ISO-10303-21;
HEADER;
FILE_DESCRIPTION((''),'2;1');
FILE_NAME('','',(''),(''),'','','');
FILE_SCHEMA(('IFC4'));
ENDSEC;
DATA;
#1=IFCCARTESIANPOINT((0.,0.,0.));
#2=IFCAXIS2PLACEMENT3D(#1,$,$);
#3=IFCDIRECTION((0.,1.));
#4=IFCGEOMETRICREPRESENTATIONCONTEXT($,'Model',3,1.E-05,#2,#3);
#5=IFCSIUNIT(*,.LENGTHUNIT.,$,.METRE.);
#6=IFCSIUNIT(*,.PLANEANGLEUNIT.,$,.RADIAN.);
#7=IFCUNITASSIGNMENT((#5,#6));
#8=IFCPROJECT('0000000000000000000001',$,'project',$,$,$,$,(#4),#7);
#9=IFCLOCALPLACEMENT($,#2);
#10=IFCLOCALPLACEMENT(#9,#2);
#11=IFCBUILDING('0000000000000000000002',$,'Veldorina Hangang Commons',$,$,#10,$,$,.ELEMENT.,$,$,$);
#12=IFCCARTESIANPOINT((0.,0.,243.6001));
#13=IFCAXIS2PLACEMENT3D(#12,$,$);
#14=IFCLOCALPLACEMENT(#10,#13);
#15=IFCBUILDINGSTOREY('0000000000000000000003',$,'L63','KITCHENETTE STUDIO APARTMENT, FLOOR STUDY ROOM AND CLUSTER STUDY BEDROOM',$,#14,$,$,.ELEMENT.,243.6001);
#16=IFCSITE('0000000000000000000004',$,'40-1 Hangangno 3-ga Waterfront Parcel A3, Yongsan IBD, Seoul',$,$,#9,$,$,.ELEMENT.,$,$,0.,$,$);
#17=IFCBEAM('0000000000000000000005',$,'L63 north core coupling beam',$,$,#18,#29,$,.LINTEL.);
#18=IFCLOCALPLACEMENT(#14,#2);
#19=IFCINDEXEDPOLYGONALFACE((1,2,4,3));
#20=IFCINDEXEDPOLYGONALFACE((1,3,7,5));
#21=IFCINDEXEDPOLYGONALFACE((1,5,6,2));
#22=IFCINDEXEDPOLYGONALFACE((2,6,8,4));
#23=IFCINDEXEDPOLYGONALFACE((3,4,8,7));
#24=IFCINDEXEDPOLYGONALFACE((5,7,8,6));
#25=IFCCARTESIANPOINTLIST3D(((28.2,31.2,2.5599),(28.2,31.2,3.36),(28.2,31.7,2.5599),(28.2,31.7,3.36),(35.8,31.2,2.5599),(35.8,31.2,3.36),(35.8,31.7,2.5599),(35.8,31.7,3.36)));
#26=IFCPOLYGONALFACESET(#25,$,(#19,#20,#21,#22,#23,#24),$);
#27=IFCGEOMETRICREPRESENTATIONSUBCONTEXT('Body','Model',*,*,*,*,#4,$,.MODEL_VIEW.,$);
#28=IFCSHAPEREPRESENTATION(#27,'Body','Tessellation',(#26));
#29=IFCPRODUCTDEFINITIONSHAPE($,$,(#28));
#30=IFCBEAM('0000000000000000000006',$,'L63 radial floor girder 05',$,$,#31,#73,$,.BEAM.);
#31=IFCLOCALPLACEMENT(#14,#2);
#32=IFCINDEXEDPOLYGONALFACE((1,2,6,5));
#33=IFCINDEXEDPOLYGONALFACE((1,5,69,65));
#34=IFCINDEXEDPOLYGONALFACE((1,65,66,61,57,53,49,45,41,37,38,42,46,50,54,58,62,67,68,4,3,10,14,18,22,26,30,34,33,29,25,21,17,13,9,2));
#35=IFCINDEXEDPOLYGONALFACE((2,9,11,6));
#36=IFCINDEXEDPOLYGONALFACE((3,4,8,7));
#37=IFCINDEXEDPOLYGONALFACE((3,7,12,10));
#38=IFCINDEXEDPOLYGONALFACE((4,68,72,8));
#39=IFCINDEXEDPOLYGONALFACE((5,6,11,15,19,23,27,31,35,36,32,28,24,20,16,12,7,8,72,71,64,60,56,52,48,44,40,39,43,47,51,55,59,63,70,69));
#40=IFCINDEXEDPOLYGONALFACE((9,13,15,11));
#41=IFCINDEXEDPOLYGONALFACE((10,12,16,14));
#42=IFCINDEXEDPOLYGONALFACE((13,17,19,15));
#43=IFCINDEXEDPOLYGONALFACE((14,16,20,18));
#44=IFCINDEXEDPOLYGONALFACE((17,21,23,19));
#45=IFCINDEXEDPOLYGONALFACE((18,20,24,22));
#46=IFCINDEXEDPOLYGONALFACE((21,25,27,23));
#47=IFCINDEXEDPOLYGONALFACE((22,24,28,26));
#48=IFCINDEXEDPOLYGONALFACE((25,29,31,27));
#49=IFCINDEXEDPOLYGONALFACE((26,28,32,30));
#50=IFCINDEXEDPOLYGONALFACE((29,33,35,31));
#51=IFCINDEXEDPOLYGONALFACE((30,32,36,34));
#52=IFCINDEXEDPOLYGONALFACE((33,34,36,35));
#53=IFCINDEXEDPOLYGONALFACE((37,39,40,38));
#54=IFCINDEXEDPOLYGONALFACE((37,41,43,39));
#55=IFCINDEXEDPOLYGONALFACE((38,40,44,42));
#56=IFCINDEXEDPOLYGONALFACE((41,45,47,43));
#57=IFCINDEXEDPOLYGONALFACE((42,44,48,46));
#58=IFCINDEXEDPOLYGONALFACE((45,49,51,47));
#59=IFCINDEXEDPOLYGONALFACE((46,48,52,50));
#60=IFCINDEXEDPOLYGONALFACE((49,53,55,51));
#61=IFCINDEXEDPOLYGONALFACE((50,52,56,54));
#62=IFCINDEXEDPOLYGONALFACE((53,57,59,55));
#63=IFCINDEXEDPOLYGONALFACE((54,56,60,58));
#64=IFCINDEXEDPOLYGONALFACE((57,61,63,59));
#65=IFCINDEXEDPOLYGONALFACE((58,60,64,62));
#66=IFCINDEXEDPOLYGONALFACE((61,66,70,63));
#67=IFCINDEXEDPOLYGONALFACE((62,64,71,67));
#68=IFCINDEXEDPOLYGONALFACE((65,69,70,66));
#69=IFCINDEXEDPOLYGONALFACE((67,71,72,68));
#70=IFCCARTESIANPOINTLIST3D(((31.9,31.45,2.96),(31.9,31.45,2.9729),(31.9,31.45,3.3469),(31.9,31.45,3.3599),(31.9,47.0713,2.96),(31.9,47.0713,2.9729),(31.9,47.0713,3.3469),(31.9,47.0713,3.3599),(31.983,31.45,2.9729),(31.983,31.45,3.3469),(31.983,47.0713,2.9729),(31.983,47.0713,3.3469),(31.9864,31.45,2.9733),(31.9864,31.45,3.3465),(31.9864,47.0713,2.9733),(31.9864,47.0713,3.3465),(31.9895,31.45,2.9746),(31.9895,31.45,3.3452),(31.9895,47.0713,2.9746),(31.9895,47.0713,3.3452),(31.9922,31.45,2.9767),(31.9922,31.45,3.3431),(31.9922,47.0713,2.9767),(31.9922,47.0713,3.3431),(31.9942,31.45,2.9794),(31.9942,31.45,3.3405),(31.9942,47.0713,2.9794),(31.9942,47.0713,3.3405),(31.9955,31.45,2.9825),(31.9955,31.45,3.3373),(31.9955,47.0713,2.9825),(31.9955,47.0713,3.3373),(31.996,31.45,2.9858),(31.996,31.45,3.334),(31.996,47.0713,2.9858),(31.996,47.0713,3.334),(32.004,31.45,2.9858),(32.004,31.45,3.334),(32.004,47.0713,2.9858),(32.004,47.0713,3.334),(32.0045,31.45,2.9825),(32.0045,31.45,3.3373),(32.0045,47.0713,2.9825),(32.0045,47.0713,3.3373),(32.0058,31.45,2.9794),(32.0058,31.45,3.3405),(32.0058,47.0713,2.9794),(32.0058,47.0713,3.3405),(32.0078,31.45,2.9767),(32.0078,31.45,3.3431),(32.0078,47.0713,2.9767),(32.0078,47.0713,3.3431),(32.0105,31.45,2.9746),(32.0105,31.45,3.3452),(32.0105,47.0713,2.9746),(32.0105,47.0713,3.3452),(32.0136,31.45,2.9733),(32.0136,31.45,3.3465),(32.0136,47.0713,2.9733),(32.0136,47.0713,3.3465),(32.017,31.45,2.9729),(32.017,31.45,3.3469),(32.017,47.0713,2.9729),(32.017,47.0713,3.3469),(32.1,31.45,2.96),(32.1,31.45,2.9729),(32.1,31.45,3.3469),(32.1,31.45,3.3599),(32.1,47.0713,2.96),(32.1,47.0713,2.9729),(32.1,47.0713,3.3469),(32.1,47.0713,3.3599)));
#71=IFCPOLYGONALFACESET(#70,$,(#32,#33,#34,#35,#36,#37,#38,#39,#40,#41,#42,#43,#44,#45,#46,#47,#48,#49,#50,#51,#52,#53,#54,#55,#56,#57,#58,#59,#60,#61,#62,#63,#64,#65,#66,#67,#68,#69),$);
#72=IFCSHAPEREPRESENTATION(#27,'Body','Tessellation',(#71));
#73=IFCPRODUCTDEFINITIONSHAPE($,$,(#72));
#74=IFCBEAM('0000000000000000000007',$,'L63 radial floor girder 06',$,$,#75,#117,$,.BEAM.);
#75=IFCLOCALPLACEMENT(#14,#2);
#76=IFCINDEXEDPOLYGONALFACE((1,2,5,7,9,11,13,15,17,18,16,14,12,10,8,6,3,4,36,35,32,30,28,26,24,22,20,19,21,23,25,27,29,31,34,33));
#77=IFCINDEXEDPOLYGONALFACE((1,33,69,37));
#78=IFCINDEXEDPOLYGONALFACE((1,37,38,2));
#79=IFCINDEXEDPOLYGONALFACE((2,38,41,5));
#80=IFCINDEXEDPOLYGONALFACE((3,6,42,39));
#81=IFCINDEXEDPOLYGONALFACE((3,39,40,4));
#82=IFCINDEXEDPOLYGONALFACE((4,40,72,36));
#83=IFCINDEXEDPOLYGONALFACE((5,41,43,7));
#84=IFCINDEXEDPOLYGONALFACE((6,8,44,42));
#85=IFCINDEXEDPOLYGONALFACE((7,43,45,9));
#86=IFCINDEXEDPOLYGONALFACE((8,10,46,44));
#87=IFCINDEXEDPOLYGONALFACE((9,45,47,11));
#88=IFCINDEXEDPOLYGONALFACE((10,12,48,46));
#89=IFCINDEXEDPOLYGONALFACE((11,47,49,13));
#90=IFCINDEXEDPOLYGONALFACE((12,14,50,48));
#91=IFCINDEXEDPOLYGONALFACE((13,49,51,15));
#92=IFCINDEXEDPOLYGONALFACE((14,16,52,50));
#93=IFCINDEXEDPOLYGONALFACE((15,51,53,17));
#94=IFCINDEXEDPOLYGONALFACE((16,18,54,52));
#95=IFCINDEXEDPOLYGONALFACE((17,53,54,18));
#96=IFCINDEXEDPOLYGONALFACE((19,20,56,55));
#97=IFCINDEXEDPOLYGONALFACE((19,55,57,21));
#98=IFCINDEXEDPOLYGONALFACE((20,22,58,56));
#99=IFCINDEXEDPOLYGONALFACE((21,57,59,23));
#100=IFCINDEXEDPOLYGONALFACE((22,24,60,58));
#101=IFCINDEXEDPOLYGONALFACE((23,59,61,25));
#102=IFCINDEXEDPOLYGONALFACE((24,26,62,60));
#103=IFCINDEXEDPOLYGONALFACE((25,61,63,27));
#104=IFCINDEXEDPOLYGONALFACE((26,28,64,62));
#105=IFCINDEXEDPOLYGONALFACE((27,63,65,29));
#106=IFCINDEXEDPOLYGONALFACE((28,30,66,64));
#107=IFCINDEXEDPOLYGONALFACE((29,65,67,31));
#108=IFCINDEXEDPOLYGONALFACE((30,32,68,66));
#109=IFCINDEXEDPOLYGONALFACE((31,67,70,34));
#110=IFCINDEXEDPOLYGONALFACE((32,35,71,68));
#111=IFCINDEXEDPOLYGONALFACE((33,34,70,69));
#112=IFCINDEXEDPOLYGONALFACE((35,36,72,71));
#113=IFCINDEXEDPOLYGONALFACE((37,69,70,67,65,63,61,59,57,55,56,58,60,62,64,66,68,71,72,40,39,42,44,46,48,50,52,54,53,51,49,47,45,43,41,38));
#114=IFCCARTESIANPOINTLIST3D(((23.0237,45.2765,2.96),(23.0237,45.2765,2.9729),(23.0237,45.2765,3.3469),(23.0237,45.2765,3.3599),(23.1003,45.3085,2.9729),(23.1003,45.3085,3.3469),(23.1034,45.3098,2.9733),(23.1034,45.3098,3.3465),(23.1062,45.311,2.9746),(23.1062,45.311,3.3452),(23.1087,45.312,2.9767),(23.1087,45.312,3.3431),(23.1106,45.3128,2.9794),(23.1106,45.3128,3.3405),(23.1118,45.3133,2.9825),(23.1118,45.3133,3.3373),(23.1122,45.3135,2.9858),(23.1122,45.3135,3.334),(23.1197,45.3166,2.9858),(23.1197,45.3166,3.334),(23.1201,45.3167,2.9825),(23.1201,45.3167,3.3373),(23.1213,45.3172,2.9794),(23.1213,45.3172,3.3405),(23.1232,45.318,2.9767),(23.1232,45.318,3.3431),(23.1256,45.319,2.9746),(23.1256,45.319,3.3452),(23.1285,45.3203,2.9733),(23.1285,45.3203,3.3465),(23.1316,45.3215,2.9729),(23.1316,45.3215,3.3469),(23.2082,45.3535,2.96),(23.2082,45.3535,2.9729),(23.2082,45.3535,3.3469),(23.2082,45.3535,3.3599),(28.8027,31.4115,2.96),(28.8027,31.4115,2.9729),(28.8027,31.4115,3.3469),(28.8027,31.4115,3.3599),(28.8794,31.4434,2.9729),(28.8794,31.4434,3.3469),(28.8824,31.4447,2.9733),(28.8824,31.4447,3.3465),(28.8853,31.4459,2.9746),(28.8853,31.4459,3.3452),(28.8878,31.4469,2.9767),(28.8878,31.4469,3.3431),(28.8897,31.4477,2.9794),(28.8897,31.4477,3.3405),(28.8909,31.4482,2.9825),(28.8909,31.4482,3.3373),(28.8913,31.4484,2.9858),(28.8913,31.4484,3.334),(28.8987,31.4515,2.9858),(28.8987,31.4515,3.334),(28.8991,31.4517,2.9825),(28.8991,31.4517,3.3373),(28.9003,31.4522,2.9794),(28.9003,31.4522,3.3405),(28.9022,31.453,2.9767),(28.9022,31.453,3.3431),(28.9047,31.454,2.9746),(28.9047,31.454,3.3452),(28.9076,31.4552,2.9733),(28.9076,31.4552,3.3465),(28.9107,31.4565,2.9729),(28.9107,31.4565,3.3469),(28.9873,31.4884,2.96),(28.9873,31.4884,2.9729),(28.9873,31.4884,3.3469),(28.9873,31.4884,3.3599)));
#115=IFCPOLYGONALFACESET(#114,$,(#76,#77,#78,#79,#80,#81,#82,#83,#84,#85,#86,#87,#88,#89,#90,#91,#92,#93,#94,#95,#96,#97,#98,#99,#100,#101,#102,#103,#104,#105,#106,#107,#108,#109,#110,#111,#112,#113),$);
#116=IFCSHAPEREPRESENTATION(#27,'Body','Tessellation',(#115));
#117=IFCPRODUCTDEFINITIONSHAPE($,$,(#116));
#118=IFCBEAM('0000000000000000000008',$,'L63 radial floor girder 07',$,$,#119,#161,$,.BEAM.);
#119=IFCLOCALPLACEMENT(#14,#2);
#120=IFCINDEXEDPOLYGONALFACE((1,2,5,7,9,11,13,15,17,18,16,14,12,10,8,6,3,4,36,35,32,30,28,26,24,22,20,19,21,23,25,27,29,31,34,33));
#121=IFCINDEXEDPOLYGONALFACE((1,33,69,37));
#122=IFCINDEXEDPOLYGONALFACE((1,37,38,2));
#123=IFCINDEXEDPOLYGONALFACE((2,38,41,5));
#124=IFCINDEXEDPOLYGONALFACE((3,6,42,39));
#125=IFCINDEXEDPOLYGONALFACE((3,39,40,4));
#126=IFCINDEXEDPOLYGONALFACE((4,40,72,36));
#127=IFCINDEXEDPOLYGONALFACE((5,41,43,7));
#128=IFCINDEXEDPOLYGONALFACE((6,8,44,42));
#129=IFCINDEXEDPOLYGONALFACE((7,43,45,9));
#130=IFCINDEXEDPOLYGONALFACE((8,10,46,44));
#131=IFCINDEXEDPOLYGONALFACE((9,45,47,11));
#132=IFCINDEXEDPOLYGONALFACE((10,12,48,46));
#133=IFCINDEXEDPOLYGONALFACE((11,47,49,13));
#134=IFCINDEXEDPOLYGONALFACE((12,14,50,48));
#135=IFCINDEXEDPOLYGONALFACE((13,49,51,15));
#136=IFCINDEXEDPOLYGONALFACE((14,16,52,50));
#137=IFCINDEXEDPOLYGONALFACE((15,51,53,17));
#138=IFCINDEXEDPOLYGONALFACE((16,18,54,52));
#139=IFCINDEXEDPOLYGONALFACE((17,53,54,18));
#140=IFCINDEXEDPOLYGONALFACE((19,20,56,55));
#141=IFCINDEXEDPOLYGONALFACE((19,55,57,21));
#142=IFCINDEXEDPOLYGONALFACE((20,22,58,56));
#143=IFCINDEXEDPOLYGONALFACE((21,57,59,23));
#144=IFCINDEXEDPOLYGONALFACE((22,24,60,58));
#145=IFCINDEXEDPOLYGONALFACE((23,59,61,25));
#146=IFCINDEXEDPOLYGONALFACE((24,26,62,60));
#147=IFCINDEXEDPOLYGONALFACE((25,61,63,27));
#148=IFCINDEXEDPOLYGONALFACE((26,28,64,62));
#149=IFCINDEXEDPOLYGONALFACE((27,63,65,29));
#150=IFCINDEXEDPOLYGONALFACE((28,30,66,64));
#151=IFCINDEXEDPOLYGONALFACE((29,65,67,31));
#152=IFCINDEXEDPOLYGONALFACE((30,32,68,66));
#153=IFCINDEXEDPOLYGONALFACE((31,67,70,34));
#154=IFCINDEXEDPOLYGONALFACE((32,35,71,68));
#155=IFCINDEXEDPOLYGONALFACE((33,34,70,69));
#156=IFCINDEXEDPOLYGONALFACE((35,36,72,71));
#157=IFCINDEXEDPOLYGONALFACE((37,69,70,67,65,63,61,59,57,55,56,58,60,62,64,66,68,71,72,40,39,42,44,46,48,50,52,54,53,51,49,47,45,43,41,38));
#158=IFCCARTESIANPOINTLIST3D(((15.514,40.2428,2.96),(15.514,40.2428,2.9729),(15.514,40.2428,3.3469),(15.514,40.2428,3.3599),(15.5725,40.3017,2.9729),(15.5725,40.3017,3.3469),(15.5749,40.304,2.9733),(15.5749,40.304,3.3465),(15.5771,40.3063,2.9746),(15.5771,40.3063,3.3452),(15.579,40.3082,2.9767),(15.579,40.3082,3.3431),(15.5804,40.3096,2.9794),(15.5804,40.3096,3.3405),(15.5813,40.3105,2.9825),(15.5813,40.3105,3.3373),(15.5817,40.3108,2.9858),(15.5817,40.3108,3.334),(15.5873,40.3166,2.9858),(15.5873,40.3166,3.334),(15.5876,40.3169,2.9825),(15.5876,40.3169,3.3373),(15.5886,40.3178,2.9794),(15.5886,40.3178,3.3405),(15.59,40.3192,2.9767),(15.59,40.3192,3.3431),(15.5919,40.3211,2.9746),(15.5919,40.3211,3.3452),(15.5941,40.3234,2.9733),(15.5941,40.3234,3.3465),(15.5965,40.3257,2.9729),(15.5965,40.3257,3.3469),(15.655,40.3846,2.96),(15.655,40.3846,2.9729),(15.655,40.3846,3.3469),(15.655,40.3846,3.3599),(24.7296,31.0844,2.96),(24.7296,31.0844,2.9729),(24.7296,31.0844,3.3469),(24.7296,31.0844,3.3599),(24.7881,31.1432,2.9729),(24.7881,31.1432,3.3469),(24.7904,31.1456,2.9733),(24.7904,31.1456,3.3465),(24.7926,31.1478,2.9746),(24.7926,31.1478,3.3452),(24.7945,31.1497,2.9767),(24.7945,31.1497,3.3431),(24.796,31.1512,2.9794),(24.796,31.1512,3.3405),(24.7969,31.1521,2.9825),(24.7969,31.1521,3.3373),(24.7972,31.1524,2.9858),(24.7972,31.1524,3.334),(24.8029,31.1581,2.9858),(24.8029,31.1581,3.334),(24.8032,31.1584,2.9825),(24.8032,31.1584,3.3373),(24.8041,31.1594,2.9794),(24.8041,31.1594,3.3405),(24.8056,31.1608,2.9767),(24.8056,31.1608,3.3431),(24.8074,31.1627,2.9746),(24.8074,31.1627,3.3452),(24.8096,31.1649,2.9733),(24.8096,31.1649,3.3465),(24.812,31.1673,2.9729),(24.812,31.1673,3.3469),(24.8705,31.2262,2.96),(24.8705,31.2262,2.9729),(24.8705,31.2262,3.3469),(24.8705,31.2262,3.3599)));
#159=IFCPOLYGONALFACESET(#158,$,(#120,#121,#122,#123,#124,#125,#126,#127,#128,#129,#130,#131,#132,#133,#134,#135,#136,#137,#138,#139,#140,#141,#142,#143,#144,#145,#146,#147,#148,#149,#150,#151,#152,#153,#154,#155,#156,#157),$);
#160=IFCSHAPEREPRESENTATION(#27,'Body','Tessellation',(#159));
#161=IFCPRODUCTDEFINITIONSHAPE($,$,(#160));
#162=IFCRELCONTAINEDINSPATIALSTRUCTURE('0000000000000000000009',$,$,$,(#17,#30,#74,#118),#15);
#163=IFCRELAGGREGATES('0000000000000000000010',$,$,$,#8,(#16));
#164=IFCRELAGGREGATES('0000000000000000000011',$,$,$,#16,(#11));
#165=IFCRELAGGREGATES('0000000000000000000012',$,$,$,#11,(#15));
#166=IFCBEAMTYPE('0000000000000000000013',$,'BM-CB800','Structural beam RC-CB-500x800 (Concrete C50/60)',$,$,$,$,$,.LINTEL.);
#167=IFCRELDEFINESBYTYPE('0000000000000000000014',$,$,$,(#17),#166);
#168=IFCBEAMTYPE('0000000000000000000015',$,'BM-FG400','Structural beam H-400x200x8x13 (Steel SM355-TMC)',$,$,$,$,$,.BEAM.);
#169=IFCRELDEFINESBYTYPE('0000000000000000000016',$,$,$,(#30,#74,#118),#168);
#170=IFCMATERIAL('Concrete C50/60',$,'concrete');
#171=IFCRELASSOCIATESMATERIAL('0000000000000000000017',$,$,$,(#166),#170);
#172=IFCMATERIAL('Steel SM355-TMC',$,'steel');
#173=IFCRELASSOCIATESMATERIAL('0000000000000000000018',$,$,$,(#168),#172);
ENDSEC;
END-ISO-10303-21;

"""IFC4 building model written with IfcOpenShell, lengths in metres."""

from ifc_helpers import new_model, si_unit, direction, frame, origin, origin_2d, place, context, subcontext, project, spatial, rectangle, i_section, extrude, material, material_profile, profile_set, type_object, element, save


model = new_model("IFC4")

# Units and contexts
model_context = context("Model", 3, precision=1e-05, world=origin(), true_north=direction((0.0, 1.0)))
body_context = subcontext(model_context, "Body", "Model", "MODEL_VIEW")
ifc_project = project(units=[si_unit("LENGTHUNIT", "METRE"), si_unit("PLANEANGLEUNIT", "RADIAN")], contexts=[model_context])

# Site, building, storey
site_placement = place(None, origin())
site = spatial("IfcSite", under=ifc_project, at=site_placement, Name="40-1 Hangangno 3-ga Waterfront Parcel A3, Yongsan IBD, Seoul", CompositionType="ELEMENT", RefElevation=0.0)
building_placement = place(site_placement, origin())
building = spatial("IfcBuilding", under=site, at=building_placement, Name="Veldorina Hangang Commons", CompositionType="ELEMENT")
storey_placement = place(building_placement, frame((0.0, 0.0, 243.6001)))
storey = spatial("IfcBuildingStorey", under=building, at=storey_placement, Name="L63", Description="KITCHENETTE STUDIO APARTMENT, FLOOR STUDY ROOM AND CLUSTER STUDY BEDROOM", CompositionType="ELEMENT", Elevation=243.6001)

# Beams
ifc_material_1 = material(Name="Concrete C50/60", Category="concrete")
ifc_material_profile_1 = material_profile(ifc_material_1, rectangle(XDim=0.5, YDim=0.8, at=origin_2d()), Name="RC-CB-500x800")
ifc_profile_set_1 = profile_set([ifc_material_profile_1], Name="Concrete C50/60")
beam_type_1 = type_object("IfcBeamType", Name="BM-CB800", Description="Structural beam RC-CB-500x800 (Concrete C50/60)", PredefinedType="LINTEL", material=ifc_profile_set_1)
beam_1_placement = place(storey_placement, frame((28.2, 31.45, 2.96), z_axis=(1.0, 0.0, 0.0), x_axis=(0.0, 1.0, 0.0)))
element("IfcBeam", 1, at=beam_1_placement, inside=storey, type_object=beam_type_1, Name="L63 north core coupling beam", PredefinedType="LINTEL", context=body_context, shape_type="SweptSolid", body=[
    extrude(rectangle(XDim=0.5, YDim=0.8, at=origin_2d()), origin(), (0.0, 0.0, 1.0), 7.6001),
])
ifc_material_2 = material(Name="Steel SM355-TMC", Category="steel")
ifc_material_profile_2 = material_profile(ifc_material_2, i_section(OverallWidth=0.2, OverallDepth=0.3999, WebThickness=0.0081, FlangeThickness=0.0129, FilletRadius=0.0129, at=origin_2d()), Name="H-400x200x8x13")
ifc_profile_set_2 = profile_set([ifc_material_profile_2], Name="Steel SM355-TMC")
beam_type_2 = type_object("IfcBeamType", Name="BM-FG400", Description="Structural beam H-400x200x8x13 (Steel SM355-TMC)", PredefinedType="BEAM", material=ifc_profile_set_2)
beam_2_placement = place(storey_placement, frame((32.0, 31.45, 3.1599), z_axis=(0.0, 1.0, 0.0), x_axis=(-1.0, 0.0, 0.0)))
element("IfcBeam", 2, at=beam_2_placement, inside=storey, type_object=beam_type_2, Name="L63 radial floor girder 05", PredefinedType="BEAM", context=body_context, shape_type="SweptSolid", body=[
    extrude(i_section(OverallWidth=0.2, OverallDepth=0.3999, WebThickness=0.0081, FlangeThickness=0.0129, FilletRadius=0.0129, at=origin_2d()), origin(), (0.0, 0.0, 1.0), 15.6213),
])
beam_3_placement = place(storey_placement, frame((28.895, 31.45, 3.1599), z_axis=(-0.384727, 0.92303, 0.0), x_axis=(-0.92303, -0.384727, 0.0)))
element("IfcBeam", 3, at=beam_3_placement, inside=storey, type_object=beam_type_2, Name="L63 radial floor girder 06", PredefinedType="BEAM", context=body_context, shape_type="SweptSolid", body=[
    extrude(i_section(OverallWidth=0.2, OverallDepth=0.3999, WebThickness=0.0081, FlangeThickness=0.0129, FilletRadius=0.0129, at=origin_2d()), origin(), (0.0, 0.0, 1.0), 15.0212),
])
beam_4_placement = place(storey_placement, frame((24.8, 31.1553, 3.1599), z_axis=(-0.709302, 0.704905, 0.0), x_axis=(-0.704905, -0.709302, 0.0)))
element("IfcBeam", 4, at=beam_4_placement, inside=storey, type_object=beam_type_2, Name="L63 radial floor girder 07", PredefinedType="BEAM", context=body_context, shape_type="SweptSolid", body=[
    extrude(i_section(OverallWidth=0.2, OverallDepth=0.3999, WebThickness=0.0081, FlangeThickness=0.0129, FilletRadius=0.0129, at=origin_2d()), origin(), (0.0, 0.0, 1.0), 12.9924),
])

save(model, "model.ifc")
